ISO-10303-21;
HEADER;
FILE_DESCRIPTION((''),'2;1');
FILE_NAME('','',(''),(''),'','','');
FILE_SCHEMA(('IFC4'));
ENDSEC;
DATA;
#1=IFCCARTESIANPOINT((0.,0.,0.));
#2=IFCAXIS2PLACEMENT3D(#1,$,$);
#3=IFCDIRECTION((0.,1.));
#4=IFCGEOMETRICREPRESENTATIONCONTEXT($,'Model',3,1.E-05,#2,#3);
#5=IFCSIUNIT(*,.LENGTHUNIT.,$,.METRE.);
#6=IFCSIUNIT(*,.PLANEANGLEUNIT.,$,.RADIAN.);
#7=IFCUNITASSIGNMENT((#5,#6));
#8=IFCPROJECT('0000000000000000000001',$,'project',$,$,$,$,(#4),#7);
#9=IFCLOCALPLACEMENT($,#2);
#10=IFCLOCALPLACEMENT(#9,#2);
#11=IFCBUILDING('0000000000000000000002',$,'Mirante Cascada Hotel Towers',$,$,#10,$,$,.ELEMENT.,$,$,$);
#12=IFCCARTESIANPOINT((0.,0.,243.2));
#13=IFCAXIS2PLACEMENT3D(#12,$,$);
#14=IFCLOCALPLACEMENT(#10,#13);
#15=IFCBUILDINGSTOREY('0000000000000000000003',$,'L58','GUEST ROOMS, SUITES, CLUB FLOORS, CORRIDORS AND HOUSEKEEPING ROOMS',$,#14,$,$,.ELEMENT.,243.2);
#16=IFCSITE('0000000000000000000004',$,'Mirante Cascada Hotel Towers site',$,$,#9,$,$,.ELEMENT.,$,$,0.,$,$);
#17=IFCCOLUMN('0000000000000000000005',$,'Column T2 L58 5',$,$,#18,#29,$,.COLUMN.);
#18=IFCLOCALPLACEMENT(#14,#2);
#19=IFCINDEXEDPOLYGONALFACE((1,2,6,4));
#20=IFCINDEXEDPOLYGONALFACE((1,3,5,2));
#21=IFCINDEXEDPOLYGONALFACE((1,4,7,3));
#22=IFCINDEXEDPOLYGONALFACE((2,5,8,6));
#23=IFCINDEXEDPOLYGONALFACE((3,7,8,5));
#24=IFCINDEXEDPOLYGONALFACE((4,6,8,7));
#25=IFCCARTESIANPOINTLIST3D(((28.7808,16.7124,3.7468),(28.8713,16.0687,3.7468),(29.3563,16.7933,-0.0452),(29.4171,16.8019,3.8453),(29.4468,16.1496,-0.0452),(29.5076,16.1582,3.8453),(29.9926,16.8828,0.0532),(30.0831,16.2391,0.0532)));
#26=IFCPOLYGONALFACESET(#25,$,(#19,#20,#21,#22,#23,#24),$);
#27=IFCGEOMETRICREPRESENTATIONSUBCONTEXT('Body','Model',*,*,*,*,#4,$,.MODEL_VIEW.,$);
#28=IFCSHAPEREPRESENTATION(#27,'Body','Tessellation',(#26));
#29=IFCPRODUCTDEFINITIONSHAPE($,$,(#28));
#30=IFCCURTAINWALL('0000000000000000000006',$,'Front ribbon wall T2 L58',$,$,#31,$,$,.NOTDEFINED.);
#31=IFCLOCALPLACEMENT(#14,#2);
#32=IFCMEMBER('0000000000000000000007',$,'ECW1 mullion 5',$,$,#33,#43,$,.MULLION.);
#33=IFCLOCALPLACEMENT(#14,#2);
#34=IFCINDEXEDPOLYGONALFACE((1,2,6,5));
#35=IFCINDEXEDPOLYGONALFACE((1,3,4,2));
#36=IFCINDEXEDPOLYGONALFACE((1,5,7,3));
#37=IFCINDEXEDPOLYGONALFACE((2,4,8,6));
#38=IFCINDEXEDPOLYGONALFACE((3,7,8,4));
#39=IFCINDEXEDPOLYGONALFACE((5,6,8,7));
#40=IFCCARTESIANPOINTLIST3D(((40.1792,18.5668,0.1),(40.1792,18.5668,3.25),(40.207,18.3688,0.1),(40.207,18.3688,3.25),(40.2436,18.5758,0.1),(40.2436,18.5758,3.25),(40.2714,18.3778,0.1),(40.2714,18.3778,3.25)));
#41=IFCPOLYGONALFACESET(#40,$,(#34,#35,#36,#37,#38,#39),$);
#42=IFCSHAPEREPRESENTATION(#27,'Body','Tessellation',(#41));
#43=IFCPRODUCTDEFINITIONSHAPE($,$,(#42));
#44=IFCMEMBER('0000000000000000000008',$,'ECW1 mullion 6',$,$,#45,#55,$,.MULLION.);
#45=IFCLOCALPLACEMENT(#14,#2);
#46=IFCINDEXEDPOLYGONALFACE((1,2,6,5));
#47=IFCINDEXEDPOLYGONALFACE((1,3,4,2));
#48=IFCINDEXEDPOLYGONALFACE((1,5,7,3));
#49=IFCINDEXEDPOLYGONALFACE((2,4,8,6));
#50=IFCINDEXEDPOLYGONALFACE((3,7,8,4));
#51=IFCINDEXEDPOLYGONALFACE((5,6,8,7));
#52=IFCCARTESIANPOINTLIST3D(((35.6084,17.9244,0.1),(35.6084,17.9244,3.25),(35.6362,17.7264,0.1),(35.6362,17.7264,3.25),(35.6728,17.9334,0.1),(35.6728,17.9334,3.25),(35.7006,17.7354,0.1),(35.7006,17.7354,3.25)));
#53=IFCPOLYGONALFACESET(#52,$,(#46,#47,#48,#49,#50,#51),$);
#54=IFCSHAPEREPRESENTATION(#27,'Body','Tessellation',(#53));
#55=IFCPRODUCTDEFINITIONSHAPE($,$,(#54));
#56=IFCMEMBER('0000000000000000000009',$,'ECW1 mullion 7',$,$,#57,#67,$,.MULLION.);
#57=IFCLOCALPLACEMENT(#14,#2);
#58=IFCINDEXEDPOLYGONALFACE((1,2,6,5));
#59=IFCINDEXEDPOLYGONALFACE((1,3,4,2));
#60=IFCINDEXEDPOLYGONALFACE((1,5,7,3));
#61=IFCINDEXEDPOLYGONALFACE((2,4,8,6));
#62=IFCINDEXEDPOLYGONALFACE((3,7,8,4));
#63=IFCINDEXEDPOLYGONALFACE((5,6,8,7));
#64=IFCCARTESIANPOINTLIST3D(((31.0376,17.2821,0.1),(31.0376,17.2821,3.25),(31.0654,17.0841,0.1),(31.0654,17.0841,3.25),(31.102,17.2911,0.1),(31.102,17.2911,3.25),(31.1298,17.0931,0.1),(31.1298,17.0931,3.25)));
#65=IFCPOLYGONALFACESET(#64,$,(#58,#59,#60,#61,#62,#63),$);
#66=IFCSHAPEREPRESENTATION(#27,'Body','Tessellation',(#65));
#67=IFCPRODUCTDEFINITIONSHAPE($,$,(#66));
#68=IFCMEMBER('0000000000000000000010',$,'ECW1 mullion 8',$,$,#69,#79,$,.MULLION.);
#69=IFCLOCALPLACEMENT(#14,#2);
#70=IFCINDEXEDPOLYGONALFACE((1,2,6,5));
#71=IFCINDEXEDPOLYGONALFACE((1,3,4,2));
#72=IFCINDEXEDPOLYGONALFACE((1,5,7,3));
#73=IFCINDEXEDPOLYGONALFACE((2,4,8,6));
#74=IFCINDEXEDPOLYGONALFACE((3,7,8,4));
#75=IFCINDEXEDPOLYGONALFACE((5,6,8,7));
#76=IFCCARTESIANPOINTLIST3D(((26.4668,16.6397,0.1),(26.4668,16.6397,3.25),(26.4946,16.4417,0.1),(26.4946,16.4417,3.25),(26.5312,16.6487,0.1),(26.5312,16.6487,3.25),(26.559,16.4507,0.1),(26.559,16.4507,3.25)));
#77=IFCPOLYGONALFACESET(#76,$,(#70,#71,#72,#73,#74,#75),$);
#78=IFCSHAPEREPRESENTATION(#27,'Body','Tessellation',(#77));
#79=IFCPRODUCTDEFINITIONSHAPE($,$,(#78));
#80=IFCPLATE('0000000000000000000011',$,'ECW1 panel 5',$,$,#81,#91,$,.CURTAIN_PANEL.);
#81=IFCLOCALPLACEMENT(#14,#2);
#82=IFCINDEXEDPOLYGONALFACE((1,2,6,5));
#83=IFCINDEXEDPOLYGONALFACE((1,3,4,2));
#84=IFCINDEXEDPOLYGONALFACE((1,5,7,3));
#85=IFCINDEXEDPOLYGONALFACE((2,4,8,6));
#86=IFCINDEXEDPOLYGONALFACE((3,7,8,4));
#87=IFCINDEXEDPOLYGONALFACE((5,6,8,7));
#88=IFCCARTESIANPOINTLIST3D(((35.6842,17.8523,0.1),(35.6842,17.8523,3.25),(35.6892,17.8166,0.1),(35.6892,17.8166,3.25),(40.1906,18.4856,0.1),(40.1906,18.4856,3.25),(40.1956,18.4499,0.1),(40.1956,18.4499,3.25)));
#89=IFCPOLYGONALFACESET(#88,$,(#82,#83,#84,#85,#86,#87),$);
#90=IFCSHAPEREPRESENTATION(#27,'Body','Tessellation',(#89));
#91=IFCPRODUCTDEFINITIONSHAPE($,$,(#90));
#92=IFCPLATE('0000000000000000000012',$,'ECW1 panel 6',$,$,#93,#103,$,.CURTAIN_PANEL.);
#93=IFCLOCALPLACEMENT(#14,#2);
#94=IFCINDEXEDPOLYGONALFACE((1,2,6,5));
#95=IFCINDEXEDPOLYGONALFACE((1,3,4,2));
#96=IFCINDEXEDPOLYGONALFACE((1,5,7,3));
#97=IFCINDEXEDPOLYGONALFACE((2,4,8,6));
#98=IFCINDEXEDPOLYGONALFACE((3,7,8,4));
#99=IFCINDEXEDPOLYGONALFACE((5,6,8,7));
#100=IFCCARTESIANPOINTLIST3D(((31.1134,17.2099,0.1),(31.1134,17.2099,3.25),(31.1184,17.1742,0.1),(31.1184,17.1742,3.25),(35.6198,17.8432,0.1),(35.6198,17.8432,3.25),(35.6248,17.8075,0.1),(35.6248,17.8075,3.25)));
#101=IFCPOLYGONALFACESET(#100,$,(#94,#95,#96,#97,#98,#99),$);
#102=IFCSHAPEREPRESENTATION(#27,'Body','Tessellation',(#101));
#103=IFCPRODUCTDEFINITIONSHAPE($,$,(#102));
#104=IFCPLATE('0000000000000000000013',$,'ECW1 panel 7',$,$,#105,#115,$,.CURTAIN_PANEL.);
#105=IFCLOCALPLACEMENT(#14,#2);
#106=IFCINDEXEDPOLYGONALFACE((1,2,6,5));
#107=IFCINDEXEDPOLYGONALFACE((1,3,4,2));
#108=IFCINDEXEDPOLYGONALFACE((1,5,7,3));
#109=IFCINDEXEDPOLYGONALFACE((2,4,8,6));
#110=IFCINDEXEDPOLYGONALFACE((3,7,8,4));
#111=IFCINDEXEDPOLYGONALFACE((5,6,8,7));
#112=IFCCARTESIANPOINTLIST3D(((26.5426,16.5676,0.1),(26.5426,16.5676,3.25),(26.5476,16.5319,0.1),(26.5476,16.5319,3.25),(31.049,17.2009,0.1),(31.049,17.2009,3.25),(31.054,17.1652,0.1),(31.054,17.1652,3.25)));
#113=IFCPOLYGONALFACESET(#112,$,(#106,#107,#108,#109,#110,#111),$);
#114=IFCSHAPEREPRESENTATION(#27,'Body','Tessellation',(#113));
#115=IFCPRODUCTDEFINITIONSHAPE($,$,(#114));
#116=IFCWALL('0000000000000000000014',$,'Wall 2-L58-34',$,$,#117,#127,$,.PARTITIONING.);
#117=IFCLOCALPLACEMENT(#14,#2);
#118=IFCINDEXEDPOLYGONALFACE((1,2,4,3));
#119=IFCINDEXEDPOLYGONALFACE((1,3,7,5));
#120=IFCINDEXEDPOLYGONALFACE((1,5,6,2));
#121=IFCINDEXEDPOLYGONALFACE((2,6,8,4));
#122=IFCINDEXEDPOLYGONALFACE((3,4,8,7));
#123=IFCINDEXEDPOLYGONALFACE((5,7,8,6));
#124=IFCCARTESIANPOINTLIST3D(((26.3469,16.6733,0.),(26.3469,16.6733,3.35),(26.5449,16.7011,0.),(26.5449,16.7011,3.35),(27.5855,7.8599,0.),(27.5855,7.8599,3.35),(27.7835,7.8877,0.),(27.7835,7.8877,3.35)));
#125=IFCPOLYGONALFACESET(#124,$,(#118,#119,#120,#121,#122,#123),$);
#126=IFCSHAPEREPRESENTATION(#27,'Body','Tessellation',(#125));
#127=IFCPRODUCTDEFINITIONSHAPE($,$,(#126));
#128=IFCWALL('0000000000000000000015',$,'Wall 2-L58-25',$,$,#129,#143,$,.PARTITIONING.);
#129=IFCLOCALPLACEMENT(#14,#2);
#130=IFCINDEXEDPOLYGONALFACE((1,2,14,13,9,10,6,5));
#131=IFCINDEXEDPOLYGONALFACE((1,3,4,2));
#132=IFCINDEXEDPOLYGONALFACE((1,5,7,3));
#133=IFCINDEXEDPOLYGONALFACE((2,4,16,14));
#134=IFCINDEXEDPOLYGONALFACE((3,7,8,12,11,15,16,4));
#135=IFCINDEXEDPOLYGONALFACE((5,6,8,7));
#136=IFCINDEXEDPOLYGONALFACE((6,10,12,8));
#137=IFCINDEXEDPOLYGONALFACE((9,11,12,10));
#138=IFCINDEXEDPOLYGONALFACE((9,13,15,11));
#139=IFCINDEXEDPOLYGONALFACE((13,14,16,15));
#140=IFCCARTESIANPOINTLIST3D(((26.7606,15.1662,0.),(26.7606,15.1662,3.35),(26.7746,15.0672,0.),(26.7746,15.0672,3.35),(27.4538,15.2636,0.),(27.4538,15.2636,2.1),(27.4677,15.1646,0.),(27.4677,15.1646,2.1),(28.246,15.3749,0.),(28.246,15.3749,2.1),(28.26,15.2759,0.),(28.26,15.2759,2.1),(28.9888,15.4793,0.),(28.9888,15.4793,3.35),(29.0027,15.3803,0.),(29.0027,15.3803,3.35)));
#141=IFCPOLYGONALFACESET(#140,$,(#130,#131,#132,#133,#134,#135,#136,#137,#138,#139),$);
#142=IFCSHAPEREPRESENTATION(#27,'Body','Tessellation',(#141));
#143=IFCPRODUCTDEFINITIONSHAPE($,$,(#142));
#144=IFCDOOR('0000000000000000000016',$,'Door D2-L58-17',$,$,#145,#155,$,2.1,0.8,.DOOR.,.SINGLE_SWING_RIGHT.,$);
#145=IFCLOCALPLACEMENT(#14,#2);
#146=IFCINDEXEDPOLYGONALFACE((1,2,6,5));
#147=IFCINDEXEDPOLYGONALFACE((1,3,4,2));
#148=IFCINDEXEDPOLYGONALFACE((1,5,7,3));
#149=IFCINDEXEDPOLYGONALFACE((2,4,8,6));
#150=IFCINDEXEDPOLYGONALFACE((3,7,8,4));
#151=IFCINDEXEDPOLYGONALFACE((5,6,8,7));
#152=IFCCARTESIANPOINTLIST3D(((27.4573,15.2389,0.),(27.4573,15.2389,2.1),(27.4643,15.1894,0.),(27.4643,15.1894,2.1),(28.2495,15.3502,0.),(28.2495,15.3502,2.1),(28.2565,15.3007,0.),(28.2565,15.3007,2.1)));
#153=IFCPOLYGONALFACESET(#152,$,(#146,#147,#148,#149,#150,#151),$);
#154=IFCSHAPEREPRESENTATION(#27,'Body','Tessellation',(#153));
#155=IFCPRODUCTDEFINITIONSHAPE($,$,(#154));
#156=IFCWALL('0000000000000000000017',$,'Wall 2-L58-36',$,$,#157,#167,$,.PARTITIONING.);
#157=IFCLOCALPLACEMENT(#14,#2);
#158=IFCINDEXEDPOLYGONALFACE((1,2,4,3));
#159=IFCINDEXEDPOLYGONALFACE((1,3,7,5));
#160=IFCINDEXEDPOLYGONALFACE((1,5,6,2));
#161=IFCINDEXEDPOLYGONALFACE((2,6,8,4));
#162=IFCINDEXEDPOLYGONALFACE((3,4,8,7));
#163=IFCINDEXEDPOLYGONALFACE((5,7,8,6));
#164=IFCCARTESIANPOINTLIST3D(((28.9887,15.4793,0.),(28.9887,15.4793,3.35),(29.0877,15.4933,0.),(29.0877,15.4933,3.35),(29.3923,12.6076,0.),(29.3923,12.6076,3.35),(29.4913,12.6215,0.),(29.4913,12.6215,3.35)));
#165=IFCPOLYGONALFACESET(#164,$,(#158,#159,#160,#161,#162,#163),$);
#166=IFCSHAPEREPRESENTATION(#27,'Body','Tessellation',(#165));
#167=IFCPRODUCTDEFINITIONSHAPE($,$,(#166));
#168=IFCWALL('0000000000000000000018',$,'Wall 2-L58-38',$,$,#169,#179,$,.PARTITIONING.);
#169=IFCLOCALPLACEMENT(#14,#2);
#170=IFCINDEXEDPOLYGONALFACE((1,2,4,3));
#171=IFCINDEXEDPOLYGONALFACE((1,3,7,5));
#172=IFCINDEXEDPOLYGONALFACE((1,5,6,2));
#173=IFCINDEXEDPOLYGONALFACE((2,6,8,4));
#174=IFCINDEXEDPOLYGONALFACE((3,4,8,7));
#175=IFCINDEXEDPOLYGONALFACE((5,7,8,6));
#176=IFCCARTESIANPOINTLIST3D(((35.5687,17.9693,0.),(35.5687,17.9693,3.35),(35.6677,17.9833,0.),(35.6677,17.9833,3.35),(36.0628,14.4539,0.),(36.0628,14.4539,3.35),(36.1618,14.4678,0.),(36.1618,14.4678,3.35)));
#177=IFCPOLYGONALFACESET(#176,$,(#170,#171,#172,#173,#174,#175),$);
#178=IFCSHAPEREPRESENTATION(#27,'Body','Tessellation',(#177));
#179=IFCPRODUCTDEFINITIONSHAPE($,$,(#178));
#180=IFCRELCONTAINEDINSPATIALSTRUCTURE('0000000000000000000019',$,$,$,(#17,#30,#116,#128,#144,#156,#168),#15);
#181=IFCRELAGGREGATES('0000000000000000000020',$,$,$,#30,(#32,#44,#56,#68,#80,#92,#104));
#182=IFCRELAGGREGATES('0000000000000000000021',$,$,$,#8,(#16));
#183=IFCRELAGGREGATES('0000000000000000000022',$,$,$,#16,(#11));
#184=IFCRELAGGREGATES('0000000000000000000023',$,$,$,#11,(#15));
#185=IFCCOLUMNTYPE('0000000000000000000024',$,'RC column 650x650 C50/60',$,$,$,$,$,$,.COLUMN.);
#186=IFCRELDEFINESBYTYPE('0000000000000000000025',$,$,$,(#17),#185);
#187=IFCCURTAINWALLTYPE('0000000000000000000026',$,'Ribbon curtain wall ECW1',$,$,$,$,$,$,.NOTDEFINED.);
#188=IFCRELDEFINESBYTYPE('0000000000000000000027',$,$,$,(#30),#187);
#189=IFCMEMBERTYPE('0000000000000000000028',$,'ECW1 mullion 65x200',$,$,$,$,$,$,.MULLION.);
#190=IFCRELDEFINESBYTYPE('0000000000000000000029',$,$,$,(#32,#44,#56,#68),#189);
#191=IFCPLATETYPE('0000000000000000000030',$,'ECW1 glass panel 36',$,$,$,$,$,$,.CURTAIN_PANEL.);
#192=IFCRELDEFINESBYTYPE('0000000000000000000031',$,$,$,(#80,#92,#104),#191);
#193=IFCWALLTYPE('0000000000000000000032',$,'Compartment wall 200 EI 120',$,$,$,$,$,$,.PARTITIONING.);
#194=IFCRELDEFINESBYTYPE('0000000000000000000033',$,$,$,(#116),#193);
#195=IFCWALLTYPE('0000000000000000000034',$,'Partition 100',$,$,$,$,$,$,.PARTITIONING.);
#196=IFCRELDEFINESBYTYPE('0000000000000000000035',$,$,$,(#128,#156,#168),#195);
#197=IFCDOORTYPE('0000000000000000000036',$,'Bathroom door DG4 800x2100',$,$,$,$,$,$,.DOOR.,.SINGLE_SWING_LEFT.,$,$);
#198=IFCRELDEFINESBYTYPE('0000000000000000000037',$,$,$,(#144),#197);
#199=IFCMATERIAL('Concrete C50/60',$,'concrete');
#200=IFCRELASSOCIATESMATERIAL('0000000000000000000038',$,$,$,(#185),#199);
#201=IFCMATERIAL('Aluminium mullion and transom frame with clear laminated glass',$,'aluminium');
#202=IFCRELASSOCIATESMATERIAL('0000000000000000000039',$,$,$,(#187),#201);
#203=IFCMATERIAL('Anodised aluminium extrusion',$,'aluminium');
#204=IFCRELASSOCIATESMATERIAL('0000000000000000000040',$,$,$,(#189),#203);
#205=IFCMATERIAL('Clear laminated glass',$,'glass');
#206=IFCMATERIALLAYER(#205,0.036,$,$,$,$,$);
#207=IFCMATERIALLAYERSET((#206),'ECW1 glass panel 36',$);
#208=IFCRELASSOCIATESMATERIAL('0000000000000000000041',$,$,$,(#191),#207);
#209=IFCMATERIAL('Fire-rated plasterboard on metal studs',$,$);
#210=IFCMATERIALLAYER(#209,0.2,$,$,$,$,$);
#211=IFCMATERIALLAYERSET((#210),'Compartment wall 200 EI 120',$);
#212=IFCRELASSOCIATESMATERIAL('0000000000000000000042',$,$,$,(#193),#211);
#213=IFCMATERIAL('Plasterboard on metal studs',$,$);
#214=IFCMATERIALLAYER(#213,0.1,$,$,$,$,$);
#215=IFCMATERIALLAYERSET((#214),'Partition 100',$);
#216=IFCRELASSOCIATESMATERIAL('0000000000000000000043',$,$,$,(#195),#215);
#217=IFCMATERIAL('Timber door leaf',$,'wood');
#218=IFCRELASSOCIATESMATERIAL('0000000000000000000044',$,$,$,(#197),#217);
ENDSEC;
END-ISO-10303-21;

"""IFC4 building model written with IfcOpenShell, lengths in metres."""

from ifc_helpers import new_model, si_unit, direction, frame, frame_2d, origin, origin_2d, place, context, subcontext, project, spatial, rectangle, extrude, material, layer, layer_set, material_profile, profile_set, type_object, element, fill, aggregate, save


model = new_model("IFC4")

# Units and contexts
model_context = context("Model", 3, precision=1e-05, world=origin(), true_north=direction((0.0, 1.0)))
body_context = subcontext(model_context, "Body", "Model", "MODEL_VIEW")
ifc_project = project(units=[si_unit("LENGTHUNIT", "METRE"), si_unit("PLANEANGLEUNIT", "RADIAN")], contexts=[model_context])

# Site, building, storey
site_placement = place(None, origin())
site = spatial("IfcSite", under=ifc_project, at=site_placement, Name="Mirante Cascada Hotel Towers site", CompositionType="ELEMENT", RefElevation=0.0)
building_placement = place(site_placement, origin())
building = spatial("IfcBuilding", under=site, at=building_placement, Name="Mirante Cascada Hotel Towers", CompositionType="ELEMENT")
storey_placement = place(building_placement, frame((0.0, 0.0, 243.2)))
storey = spatial("IfcBuildingStorey", under=building, at=storey_placement, Name="L58", Description="GUEST ROOMS, SUITES, CLUB FLOORS, CORRIDORS AND HOUSEKEEPING ROOMS", CompositionType="ELEMENT", Elevation=243.2)

# Column
ifc_material_1 = material(Name="Concrete C50/60", Category="concrete")
ifc_material_profile_1 = material_profile(ifc_material_1, rectangle(XDim=0.65, YDim=0.65, at=origin_2d()), Name="RC column 650x650 C50/60")
ifc_profile_set_1 = profile_set([ifc_material_profile_1], Name="Concrete C50/60")
column_type = type_object("IfcColumnType", Name="RC column 650x650 C50/60", PredefinedType="COLUMN", material=ifc_profile_set_1)
column_placement = place(storey_placement, frame((29.7197, 16.5162, 0.004), z_axis=(-0.150015, -0.021088, 0.988459), x_axis=(0.139205, -0.990264, 0.0)))
element("IfcColumn", 1, at=column_placement, inside=storey, type_object=column_type, Name="Column T2 L58 5", PredefinedType="COLUMN", context=body_context, shape_type="SweptSolid", body=[
    extrude(rectangle(XDim=0.65, YDim=0.65, at=origin_2d()), origin(), (0.0, 0.0, 1.0), 3.8363),
])

# Curtain wall, members, plates
ifc_material_2 = material(Name="Aluminium mullion and transom frame with clear laminated glass", Category="aluminium")
curtain_wall_type = type_object("IfcCurtainWallType", Name="Ribbon curtain wall ECW1", PredefinedType="NOTDEFINED", material=ifc_material_2)
curtain_wall_placement = place(storey_placement, origin())
curtain_wall = element("IfcCurtainWall", 2, at=curtain_wall_placement, inside=storey, type_object=curtain_wall_type, Name="Front ribbon wall T2 L58", PredefinedType="NOTDEFINED")
ifc_material_3 = material(Name="Anodised aluminium extrusion", Category="aluminium")
ifc_material_profile_2 = material_profile(ifc_material_3, rectangle(XDim=0.2, YDim=0.065, at=origin_2d()), Name="ECW1 MULLION 65x200")
ifc_profile_set_2 = profile_set([ifc_material_profile_2], Name="Anodised aluminium extrusion")
member_type = type_object("IfcMemberType", Name="ECW1 mullion 65x200", PredefinedType="MULLION", material=ifc_profile_set_2)
member_1_placement = place(storey_placement, frame((40.2253, 18.4723, 0.1), z_axis=(0.0, 0.0, 1.0), x_axis=(0.139173, -0.990268, 0.0)))
member_1 = element("IfcMember", 3, at=member_1_placement, type_object=member_type, Name="ECW1 mullion 5", PredefinedType="MULLION", context=body_context, shape_type="SweptSolid", body=[
    extrude(rectangle(XDim=0.2, YDim=0.065, at=origin_2d()), origin(), (0.0, 0.0, 1.0), 3.15),
])
member_2_placement = place(storey_placement, frame((35.6545, 17.8299, 0.1), z_axis=(0.0, 0.0, 1.0), x_axis=(0.139173, -0.990268, 0.0)))
member_2 = element("IfcMember", 4, at=member_2_placement, type_object=member_type, Name="ECW1 mullion 6", PredefinedType="MULLION", context=body_context, shape_type="SweptSolid", body=[
    extrude(rectangle(XDim=0.2, YDim=0.065, at=origin_2d()), origin(), (0.0, 0.0, 1.0), 3.15),
])
member_3_placement = place(storey_placement, frame((31.0837, 17.1876, 0.1), z_axis=(0.0, 0.0, 1.0), x_axis=(0.139173, -0.990268, 0.0)))
member_3 = element("IfcMember", 5, at=member_3_placement, type_object=member_type, Name="ECW1 mullion 7", PredefinedType="MULLION", context=body_context, shape_type="SweptSolid", body=[
    extrude(rectangle(XDim=0.2, YDim=0.065, at=origin_2d()), origin(), (0.0, 0.0, 1.0), 3.15),
])
member_4_placement = place(storey_placement, frame((26.5129, 16.5452, 0.1), z_axis=(0.0, 0.0, 1.0), x_axis=(0.139173, -0.990268, 0.0)))
member_4 = element("IfcMember", 6, at=member_4_placement, type_object=member_type, Name="ECW1 mullion 8", PredefinedType="MULLION", context=body_context, shape_type="SweptSolid", body=[
    extrude(rectangle(XDim=0.2, YDim=0.065, at=origin_2d()), origin(), (0.0, 0.0, 1.0), 3.15),
])
ifc_material_4 = material(Name="Clear laminated glass", Category="glass")
ifc_layer_1 = layer(ifc_material_4, 0.036)
ifc_layer_set_1 = layer_set([ifc_layer_1], Name="ECW1 glass panel 36")
plate_type = type_object("IfcPlateType", Name="ECW1 glass panel 36", PredefinedType="CURTAIN_PANEL", material=ifc_layer_set_1)
plate_1_placement = place(storey_placement, frame((37.9399, 18.1511, 0.1), z_axis=(0.0, 0.0, 1.0), x_axis=(-0.990268, -0.139173, 0.0)))
plate_1 = element("IfcPlate", 7, at=plate_1_placement, type_object=plate_type, Name="ECW1 panel 5", PredefinedType="CURTAIN_PANEL", context=body_context, shape_type="SweptSolid", body=[
    extrude(rectangle(XDim=4.5507, YDim=0.036, at=origin_2d()), origin(), (0.0, 0.0, 1.0), 3.15),
])
plate_2_placement = place(storey_placement, frame((33.3691, 17.5087, 0.1), z_axis=(0.0, 0.0, 1.0), x_axis=(-0.990268, -0.139173, 0.0)))
plate_2 = element("IfcPlate", 8, at=plate_2_placement, type_object=plate_type, Name="ECW1 panel 6", PredefinedType="CURTAIN_PANEL", context=body_context, shape_type="SweptSolid", body=[
    extrude(rectangle(XDim=4.5507, YDim=0.036, at=origin_2d()), origin(), (0.0, 0.0, 1.0), 3.15),
])
plate_3_placement = place(storey_placement, frame((28.7983, 16.8664, 0.1), z_axis=(0.0, 0.0, 1.0), x_axis=(-0.990268, -0.139173, 0.0)))
plate_3 = element("IfcPlate", 9, at=plate_3_placement, type_object=plate_type, Name="ECW1 panel 7", PredefinedType="CURTAIN_PANEL", context=body_context, shape_type="SweptSolid", body=[
    extrude(rectangle(XDim=4.5507, YDim=0.036, at=origin_2d()), origin(), (0.0, 0.0, 1.0), 3.15),
])
aggregate(curtain_wall, [member_1, member_2, member_3, member_4, plate_1, plate_2, plate_3])

# Wall
ifc_material_5 = material(Name="Fire-rated plasterboard on metal studs")
ifc_layer_2 = layer(ifc_material_5, 0.2)
ifc_layer_set_2 = layer_set([ifc_layer_2], Name="Compartment wall 200 EI 120")
wall_type_1 = type_object("IfcWallType", Name="Compartment wall 200 EI 120", PredefinedType="PARTITIONING", material=ifc_layer_set_2)
wall_1_placement = place(storey_placement, frame((26.4459, 16.6872, 0.0), z_axis=(0.0, 0.0, 1.0), x_axis=(0.139168, -0.990269, 0.0)))
element("IfcWall", 10, at=wall_1_placement, inside=storey, type_object=wall_type_1, Name="Wall 2-L58-34", PredefinedType="PARTITIONING", context=body_context, shape_type="SweptSolid", body=[
    extrude(rectangle(XDim=8.9, YDim=0.2, at=frame_2d((4.45, 0.0))), origin(), (0.0, 0.0, 1.0), 3.35),
])

# Wall, opening, door
ifc_material_6 = material(Name="Plasterboard on metal studs")
ifc_layer_3 = layer(ifc_material_6, 0.1)
ifc_layer_set_3 = layer_set([ifc_layer_3], Name="Partition 100")
wall_type_2 = type_object("IfcWallType", Name="Partition 100", PredefinedType="PARTITIONING", material=ifc_layer_set_3)
wall_2_placement = place(storey_placement, frame((26.7676, 15.1167, 0.0), z_axis=(0.0, 0.0, 1.0), x_axis=(0.990271, 0.139156, 0.0)))
wall_2 = element("IfcWall", 11, at=wall_2_placement, inside=storey, type_object=wall_type_2, Name="Wall 2-L58-25", PredefinedType="PARTITIONING", context=body_context, shape_type="SweptSolid", body=[
    extrude(rectangle(XDim=2.25, YDim=0.1, at=frame_2d((1.125, 0.0))), origin(), (0.0, 0.0, 1.0), 3.35),
])
opening_placement = place(wall_2_placement, frame((0.7, 0.0, 0.0)))
opening = element("IfcOpeningElement", 12, at=opening_placement, cuts=wall_2, PredefinedType="OPENING", context=body_context, shape_type="SweptSolid", body=[
    extrude(rectangle(XDim=0.8, YDim=2.1, at=frame_2d((0.4, 1.05))), frame((0.0, 0.05, 0.0), z_axis=(0.0, -1.0, 0.0), x_axis=(1.0, 0.0, 0.0)), (0.0, 0.0, 1.0), 0.1),
])
ifc_material_7 = material(Name="Timber door leaf", Category="wood")
door_type = type_object("IfcDoorType", Name="Bathroom door DG4 800x2100", OperationType="SINGLE_SWING_LEFT", PredefinedType="DOOR", material=ifc_material_7)
door_placement = place(opening_placement, frame((0.8, 0.0, 0.0), z_axis=(0.0, 0.0, 1.0), x_axis=(-1.0, 0.0, 0.0)))
door = element("IfcDoor", 13, at=door_placement, inside=storey, type_object=door_type, Name="Door D2-L58-17", OperationType="SINGLE_SWING_RIGHT", OverallHeight=2.1, OverallWidth=0.8, PredefinedType="DOOR", context=body_context, shape_type="SweptSolid", body=[
    extrude(rectangle(XDim=0.8, YDim=2.1, at=frame_2d((0.4, 1.05))), frame((0.0, 0.025, 0.0), z_axis=(0.0, -1.0, 0.0), x_axis=(1.0, 0.0, 0.0)), (0.0, 0.0, 1.0), 0.05),
])
fill(opening, door)

# Walls
wall_3_placement = place(storey_placement, frame((29.0382, 15.4863, 0.0), z_axis=(0.0, 0.0, 1.0), x_axis=(0.139171, -0.990268, 0.0)))
element("IfcWall", 14, at=wall_3_placement, inside=storey, type_object=wall_type_2, Name="Wall 2-L58-36", PredefinedType="PARTITIONING", context=body_context, shape_type="SweptSolid", body=[
    extrude(rectangle(XDim=2.9, YDim=0.1, at=frame_2d((1.45, 0.0))), origin(), (0.0, 0.0, 1.0), 3.35),
])
wall_4_placement = place(storey_placement, frame((35.6182, 17.9763, 0.0), z_axis=(0.0, 0.0, 1.0), x_axis=(0.139185, -0.990266, 0.0)))
element("IfcWall", 15, at=wall_4_placement, inside=storey, type_object=wall_type_2, Name="Wall 2-L58-38", PredefinedType="PARTITIONING", context=body_context, shape_type="SweptSolid", body=[
    extrude(rectangle(XDim=3.55, YDim=0.1, at=frame_2d((1.775, 0.0))), origin(), (0.0, 0.0, 1.0), 3.35),
])

save(model, "model.ifc")
